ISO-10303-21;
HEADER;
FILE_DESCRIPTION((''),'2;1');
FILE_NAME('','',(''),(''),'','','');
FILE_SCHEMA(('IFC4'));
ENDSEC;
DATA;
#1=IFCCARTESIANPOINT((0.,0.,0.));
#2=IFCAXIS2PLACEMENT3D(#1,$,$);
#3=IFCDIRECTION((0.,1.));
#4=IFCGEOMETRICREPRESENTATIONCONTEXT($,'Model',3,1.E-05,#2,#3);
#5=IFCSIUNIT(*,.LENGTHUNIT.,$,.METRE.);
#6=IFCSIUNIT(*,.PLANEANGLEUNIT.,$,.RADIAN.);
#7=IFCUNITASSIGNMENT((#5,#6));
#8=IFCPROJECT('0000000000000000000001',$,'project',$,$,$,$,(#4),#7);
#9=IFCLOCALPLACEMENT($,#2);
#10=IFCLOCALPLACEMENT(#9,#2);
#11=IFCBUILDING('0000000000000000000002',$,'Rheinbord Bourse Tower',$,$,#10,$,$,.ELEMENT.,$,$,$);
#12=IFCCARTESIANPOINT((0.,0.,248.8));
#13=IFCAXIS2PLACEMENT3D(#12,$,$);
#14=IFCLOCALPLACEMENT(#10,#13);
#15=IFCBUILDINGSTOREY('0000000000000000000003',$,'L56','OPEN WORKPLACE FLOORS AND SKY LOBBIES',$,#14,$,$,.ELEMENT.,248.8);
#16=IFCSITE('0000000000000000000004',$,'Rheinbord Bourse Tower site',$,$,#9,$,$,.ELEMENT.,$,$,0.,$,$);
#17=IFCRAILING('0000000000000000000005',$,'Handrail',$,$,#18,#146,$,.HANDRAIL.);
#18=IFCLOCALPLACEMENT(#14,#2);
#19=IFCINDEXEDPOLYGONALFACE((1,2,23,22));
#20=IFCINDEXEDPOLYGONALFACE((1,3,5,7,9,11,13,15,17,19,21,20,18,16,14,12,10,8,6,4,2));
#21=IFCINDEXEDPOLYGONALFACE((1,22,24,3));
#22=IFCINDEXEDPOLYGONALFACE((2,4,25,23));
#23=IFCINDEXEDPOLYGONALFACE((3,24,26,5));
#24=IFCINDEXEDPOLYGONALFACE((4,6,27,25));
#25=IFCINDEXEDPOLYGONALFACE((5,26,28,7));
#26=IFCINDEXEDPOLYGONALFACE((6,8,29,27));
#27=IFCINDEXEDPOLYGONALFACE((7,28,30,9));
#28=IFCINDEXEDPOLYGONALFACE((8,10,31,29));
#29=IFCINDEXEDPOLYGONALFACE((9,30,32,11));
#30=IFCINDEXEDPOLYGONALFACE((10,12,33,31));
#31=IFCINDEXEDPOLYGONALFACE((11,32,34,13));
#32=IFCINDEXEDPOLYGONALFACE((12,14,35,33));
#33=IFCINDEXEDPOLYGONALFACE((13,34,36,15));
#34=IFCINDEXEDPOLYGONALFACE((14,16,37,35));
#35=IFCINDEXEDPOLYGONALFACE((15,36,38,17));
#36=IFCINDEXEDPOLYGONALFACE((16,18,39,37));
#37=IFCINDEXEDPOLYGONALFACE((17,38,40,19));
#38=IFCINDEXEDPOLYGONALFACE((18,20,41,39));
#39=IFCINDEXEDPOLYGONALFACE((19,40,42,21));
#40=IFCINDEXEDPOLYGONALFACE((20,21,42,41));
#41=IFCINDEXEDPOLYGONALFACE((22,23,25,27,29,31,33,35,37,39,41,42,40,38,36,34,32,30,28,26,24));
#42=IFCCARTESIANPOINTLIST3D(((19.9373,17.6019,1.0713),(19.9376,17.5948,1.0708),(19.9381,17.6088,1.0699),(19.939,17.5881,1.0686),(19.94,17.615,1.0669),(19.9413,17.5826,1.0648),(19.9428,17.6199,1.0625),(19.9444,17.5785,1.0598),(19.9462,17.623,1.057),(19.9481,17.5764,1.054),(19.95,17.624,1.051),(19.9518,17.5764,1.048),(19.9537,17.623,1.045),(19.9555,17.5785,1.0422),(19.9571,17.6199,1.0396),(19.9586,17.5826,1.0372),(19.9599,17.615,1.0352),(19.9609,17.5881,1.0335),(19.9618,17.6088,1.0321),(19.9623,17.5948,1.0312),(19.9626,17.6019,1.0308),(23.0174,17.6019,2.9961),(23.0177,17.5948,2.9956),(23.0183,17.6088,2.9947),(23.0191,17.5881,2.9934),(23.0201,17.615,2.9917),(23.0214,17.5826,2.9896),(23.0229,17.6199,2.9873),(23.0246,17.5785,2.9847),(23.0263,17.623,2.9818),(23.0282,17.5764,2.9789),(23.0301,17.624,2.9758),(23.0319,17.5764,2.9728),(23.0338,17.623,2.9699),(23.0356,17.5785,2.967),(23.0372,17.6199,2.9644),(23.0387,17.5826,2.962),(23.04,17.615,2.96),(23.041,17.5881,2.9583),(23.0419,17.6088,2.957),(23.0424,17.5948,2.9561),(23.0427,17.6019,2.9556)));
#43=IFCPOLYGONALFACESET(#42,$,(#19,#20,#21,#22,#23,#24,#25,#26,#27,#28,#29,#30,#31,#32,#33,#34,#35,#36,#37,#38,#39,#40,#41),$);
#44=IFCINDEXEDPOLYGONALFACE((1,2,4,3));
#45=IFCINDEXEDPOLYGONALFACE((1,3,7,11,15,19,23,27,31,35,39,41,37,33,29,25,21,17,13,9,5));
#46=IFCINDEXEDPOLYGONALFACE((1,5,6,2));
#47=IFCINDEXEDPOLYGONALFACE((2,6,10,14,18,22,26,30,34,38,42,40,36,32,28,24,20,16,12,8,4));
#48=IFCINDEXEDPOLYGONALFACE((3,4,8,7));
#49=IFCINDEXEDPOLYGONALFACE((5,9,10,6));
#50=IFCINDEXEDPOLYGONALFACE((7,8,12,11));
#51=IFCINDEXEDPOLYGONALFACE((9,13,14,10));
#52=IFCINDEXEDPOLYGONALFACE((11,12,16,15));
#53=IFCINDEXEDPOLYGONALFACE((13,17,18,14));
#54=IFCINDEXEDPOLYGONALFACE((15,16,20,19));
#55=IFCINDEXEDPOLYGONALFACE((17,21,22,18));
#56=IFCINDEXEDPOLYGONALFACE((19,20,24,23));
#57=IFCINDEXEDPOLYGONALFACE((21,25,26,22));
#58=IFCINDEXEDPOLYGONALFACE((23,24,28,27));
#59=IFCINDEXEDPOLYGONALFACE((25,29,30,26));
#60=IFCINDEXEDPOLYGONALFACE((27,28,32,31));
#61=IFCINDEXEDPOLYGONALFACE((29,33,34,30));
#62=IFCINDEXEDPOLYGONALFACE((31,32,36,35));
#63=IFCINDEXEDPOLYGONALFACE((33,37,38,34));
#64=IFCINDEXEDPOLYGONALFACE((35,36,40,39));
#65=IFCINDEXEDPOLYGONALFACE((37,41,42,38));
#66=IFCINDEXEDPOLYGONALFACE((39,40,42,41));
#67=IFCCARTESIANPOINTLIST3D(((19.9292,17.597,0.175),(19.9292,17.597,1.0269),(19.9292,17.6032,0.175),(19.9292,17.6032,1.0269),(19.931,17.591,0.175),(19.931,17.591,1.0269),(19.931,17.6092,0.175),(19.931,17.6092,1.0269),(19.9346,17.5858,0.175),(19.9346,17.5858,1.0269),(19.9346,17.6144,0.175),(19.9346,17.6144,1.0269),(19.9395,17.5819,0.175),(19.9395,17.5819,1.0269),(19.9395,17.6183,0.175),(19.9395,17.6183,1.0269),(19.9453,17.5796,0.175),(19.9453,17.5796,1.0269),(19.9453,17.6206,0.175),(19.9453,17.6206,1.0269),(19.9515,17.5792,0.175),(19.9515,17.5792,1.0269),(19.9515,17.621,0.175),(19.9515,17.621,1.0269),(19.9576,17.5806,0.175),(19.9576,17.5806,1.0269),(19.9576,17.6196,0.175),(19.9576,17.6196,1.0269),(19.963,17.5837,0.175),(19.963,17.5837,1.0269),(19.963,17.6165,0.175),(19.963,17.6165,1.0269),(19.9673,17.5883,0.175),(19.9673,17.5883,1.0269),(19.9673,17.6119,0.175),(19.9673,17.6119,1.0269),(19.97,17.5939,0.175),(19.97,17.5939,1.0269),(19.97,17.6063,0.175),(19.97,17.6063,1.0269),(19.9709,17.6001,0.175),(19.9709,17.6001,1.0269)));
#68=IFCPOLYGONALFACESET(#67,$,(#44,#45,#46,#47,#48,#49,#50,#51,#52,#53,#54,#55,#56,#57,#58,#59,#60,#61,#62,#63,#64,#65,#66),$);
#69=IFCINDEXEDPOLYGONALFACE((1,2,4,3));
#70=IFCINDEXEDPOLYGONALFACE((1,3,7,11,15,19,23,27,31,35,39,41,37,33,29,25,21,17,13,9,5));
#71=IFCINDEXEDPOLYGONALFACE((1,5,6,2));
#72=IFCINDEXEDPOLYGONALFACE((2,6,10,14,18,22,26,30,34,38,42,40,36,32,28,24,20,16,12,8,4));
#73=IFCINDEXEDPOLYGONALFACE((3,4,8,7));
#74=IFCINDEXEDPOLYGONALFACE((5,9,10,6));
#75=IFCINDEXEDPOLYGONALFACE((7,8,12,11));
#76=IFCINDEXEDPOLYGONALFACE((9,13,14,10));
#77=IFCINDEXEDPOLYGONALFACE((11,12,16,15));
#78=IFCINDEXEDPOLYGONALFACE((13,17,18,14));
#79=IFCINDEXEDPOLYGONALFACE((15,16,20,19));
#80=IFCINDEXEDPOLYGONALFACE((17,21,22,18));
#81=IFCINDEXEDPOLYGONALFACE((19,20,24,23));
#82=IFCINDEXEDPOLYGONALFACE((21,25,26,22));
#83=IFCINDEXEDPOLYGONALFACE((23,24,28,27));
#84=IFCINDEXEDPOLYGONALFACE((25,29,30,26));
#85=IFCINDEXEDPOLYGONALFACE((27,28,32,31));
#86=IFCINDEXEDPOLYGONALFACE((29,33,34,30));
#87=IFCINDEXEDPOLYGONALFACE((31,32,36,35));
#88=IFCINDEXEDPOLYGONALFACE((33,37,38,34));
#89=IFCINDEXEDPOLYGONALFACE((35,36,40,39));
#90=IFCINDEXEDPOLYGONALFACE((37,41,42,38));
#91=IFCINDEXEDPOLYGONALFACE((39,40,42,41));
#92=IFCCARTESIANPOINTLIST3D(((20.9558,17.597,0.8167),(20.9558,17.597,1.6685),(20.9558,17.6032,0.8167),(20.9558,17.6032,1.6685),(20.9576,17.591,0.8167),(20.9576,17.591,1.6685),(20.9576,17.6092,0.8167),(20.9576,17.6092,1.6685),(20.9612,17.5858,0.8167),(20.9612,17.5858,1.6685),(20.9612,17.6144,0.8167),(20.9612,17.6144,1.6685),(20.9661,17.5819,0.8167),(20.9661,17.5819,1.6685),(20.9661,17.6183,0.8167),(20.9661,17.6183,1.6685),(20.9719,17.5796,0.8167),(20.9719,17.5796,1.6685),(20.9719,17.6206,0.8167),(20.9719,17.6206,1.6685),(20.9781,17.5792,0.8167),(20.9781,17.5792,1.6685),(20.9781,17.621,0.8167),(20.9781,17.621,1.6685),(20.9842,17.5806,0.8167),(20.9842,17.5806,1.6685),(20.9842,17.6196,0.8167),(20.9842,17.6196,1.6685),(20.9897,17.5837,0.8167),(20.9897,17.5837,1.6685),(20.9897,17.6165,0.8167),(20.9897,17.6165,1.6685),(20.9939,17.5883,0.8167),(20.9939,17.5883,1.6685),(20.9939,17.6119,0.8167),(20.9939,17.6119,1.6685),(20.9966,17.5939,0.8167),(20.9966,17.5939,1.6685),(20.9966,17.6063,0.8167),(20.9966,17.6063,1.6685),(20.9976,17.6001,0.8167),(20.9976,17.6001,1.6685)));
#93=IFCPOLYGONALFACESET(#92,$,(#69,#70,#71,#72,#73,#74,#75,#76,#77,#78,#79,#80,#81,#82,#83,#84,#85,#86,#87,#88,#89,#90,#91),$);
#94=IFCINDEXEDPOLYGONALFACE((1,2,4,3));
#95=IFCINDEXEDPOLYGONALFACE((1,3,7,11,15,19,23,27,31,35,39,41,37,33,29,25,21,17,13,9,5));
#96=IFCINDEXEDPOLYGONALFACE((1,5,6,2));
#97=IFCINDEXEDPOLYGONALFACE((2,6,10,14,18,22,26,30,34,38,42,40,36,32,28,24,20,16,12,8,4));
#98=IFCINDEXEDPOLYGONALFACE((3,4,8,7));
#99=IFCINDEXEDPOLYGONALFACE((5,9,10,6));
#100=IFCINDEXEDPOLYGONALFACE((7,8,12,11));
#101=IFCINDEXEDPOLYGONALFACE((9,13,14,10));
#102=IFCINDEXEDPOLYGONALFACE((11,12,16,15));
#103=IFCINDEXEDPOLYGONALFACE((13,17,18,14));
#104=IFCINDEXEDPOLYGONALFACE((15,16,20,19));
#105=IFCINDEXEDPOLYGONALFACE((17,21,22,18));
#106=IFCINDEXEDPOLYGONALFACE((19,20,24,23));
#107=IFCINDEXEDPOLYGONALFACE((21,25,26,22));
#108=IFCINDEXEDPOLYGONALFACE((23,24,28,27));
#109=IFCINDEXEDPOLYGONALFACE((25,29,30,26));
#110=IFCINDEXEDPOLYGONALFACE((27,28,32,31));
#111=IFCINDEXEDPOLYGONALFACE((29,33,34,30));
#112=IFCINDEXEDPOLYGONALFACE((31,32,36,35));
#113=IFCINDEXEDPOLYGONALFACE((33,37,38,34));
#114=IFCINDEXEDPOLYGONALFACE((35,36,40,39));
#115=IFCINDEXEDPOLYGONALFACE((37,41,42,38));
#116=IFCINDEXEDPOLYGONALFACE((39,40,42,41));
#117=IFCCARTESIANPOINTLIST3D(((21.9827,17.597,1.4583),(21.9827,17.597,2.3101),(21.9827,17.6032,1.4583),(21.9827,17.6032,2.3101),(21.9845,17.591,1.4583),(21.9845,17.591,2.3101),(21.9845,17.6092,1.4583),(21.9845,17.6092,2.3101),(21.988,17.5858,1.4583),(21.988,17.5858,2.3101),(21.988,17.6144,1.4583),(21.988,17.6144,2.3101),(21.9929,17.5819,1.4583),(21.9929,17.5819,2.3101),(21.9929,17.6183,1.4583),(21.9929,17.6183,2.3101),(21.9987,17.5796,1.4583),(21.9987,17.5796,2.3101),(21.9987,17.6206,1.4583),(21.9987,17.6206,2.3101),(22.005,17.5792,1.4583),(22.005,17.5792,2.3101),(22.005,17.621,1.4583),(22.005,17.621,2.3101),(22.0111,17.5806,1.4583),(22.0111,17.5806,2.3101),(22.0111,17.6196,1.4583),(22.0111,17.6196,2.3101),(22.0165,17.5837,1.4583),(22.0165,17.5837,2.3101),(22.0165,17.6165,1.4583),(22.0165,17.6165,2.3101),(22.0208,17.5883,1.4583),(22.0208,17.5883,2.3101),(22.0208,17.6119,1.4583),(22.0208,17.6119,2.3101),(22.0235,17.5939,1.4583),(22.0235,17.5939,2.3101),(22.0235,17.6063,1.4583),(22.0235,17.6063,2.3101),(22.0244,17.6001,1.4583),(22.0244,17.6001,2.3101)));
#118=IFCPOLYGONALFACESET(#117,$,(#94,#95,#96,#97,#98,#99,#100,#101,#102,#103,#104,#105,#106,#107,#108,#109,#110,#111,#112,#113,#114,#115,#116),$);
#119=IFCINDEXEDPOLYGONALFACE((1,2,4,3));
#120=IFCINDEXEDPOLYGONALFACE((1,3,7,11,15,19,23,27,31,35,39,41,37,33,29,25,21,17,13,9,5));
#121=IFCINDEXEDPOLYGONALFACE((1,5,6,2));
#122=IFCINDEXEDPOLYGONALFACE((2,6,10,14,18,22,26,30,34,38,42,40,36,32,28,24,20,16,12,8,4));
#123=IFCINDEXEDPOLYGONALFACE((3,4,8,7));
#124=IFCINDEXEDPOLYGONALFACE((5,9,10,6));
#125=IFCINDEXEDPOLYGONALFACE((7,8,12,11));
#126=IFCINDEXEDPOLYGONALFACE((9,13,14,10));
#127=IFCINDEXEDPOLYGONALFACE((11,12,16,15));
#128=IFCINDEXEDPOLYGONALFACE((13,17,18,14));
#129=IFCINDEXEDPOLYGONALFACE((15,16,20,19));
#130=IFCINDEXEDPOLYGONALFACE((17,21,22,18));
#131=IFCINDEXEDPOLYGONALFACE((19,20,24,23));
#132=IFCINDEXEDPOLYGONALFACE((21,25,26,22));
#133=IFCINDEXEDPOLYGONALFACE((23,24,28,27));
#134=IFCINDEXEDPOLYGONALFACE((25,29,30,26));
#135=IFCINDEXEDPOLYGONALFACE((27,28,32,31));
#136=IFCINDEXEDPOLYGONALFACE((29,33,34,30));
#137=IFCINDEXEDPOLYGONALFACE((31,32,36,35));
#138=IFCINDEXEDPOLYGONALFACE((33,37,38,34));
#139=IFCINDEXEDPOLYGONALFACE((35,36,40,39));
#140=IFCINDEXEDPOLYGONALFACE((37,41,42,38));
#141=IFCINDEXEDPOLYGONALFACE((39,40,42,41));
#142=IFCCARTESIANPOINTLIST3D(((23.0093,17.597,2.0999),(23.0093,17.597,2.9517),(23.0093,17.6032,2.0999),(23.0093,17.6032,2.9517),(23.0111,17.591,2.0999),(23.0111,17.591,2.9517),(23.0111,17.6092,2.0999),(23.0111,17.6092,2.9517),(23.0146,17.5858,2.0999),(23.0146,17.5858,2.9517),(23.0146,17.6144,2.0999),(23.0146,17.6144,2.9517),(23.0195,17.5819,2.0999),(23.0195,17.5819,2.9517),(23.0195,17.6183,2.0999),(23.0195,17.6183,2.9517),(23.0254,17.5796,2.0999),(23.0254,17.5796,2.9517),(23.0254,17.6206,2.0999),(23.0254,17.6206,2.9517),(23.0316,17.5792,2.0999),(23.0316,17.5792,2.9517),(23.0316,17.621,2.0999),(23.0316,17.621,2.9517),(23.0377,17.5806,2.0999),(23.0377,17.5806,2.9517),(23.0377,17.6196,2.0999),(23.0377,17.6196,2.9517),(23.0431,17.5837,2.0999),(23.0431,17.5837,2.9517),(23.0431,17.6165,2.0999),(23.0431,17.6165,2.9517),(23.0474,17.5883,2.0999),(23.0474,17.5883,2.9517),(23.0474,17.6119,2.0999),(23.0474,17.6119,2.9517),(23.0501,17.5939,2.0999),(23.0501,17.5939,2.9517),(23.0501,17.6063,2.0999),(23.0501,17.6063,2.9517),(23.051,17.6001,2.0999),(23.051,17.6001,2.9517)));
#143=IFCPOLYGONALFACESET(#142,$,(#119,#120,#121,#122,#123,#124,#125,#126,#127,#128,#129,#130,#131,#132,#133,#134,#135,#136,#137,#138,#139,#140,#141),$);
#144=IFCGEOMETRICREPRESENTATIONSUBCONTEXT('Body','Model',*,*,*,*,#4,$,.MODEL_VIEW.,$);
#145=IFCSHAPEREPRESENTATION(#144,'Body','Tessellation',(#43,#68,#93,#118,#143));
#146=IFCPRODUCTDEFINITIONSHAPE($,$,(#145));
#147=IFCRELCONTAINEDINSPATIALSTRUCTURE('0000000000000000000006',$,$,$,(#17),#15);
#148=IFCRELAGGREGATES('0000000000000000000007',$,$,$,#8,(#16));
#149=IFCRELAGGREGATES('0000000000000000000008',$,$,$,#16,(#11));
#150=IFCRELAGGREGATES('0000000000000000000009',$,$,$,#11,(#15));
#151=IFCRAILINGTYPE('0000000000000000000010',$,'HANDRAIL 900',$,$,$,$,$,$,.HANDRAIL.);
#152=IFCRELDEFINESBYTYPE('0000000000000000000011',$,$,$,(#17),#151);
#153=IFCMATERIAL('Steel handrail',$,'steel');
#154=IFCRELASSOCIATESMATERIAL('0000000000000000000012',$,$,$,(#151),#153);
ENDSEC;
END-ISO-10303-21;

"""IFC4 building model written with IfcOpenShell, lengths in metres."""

from ifc_helpers import new_model, si_unit, direction, frame, origin, origin_2d, place, context, subcontext, project, spatial, circle, extrude, material, type_object, element, save


model = new_model("IFC4")

# Units and contexts
model_context = context("Model", 3, precision=1e-05, world=origin(), true_north=direction((0.0, 1.0)))
body_context = subcontext(model_context, "Body", "Model", "MODEL_VIEW")
ifc_project = project(units=[si_unit("LENGTHUNIT", "METRE"), si_unit("PLANEANGLEUNIT", "RADIAN")], contexts=[model_context])

# Site, building, storey
site_placement = place(None, origin())
site = spatial("IfcSite", under=ifc_project, at=site_placement, Name="Rheinbord Bourse Tower site", CompositionType="ELEMENT", RefElevation=0.0)
building_placement = place(site_placement, origin())
building = spatial("IfcBuilding", under=site, at=building_placement, Name="Rheinbord Bourse Tower", CompositionType="ELEMENT")
storey_placement = place(building_placement, frame((0.0, 0.0, 248.8)))
storey = spatial("IfcBuildingStorey", under=building, at=storey_placement, Name="L56", Description="OPEN WORKPLACE FLOORS AND SKY LOBBIES", CompositionType="ELEMENT", Elevation=248.8)

# Railing
ifc_material_1 = material(Name="Steel handrail", Category="steel")
railing_type = type_object("IfcRailingType", Name="HANDRAIL 900", PredefinedType="HANDRAIL", material=ifc_material_1)
railing_1_placement = place(storey_placement, frame((19.95, 17.6001, 0.175)))
element("IfcRailing", 1, at=railing_1_placement, inside=storey, type_object=railing_type, Name="Handrail", PredefinedType="HANDRAIL", context=body_context, shape_type="SweptSolid", body=[
    extrude(circle(Radius=0.0239, at=origin_2d()), frame((0.0, 0.0, 0.876), z_axis=(0.848029, 0.0, 0.529951), x_axis=(0.0, 1.0, 0.0)), (0.0, 0.0, 1.0), 3.6321),
    extrude(circle(Radius=0.021, at=origin_2d()), origin(), (0.0, 0.0, 1.0), 0.8518),
    extrude(circle(Radius=0.021, at=origin_2d()), frame((1.0266, 0.0, 0.6416)), (0.0, 0.0, 1.0), 0.8518),
    extrude(circle(Radius=0.021, at=origin_2d()), frame((2.0535, 0.0, 1.2832)), (0.0, 0.0, 1.0), 0.8518),
    extrude(circle(Radius=0.021, at=origin_2d()), frame((3.0801, 0.0, 1.9248)), (0.0, 0.0, 1.0), 0.8518),
])

save(model, "model.ifc")
